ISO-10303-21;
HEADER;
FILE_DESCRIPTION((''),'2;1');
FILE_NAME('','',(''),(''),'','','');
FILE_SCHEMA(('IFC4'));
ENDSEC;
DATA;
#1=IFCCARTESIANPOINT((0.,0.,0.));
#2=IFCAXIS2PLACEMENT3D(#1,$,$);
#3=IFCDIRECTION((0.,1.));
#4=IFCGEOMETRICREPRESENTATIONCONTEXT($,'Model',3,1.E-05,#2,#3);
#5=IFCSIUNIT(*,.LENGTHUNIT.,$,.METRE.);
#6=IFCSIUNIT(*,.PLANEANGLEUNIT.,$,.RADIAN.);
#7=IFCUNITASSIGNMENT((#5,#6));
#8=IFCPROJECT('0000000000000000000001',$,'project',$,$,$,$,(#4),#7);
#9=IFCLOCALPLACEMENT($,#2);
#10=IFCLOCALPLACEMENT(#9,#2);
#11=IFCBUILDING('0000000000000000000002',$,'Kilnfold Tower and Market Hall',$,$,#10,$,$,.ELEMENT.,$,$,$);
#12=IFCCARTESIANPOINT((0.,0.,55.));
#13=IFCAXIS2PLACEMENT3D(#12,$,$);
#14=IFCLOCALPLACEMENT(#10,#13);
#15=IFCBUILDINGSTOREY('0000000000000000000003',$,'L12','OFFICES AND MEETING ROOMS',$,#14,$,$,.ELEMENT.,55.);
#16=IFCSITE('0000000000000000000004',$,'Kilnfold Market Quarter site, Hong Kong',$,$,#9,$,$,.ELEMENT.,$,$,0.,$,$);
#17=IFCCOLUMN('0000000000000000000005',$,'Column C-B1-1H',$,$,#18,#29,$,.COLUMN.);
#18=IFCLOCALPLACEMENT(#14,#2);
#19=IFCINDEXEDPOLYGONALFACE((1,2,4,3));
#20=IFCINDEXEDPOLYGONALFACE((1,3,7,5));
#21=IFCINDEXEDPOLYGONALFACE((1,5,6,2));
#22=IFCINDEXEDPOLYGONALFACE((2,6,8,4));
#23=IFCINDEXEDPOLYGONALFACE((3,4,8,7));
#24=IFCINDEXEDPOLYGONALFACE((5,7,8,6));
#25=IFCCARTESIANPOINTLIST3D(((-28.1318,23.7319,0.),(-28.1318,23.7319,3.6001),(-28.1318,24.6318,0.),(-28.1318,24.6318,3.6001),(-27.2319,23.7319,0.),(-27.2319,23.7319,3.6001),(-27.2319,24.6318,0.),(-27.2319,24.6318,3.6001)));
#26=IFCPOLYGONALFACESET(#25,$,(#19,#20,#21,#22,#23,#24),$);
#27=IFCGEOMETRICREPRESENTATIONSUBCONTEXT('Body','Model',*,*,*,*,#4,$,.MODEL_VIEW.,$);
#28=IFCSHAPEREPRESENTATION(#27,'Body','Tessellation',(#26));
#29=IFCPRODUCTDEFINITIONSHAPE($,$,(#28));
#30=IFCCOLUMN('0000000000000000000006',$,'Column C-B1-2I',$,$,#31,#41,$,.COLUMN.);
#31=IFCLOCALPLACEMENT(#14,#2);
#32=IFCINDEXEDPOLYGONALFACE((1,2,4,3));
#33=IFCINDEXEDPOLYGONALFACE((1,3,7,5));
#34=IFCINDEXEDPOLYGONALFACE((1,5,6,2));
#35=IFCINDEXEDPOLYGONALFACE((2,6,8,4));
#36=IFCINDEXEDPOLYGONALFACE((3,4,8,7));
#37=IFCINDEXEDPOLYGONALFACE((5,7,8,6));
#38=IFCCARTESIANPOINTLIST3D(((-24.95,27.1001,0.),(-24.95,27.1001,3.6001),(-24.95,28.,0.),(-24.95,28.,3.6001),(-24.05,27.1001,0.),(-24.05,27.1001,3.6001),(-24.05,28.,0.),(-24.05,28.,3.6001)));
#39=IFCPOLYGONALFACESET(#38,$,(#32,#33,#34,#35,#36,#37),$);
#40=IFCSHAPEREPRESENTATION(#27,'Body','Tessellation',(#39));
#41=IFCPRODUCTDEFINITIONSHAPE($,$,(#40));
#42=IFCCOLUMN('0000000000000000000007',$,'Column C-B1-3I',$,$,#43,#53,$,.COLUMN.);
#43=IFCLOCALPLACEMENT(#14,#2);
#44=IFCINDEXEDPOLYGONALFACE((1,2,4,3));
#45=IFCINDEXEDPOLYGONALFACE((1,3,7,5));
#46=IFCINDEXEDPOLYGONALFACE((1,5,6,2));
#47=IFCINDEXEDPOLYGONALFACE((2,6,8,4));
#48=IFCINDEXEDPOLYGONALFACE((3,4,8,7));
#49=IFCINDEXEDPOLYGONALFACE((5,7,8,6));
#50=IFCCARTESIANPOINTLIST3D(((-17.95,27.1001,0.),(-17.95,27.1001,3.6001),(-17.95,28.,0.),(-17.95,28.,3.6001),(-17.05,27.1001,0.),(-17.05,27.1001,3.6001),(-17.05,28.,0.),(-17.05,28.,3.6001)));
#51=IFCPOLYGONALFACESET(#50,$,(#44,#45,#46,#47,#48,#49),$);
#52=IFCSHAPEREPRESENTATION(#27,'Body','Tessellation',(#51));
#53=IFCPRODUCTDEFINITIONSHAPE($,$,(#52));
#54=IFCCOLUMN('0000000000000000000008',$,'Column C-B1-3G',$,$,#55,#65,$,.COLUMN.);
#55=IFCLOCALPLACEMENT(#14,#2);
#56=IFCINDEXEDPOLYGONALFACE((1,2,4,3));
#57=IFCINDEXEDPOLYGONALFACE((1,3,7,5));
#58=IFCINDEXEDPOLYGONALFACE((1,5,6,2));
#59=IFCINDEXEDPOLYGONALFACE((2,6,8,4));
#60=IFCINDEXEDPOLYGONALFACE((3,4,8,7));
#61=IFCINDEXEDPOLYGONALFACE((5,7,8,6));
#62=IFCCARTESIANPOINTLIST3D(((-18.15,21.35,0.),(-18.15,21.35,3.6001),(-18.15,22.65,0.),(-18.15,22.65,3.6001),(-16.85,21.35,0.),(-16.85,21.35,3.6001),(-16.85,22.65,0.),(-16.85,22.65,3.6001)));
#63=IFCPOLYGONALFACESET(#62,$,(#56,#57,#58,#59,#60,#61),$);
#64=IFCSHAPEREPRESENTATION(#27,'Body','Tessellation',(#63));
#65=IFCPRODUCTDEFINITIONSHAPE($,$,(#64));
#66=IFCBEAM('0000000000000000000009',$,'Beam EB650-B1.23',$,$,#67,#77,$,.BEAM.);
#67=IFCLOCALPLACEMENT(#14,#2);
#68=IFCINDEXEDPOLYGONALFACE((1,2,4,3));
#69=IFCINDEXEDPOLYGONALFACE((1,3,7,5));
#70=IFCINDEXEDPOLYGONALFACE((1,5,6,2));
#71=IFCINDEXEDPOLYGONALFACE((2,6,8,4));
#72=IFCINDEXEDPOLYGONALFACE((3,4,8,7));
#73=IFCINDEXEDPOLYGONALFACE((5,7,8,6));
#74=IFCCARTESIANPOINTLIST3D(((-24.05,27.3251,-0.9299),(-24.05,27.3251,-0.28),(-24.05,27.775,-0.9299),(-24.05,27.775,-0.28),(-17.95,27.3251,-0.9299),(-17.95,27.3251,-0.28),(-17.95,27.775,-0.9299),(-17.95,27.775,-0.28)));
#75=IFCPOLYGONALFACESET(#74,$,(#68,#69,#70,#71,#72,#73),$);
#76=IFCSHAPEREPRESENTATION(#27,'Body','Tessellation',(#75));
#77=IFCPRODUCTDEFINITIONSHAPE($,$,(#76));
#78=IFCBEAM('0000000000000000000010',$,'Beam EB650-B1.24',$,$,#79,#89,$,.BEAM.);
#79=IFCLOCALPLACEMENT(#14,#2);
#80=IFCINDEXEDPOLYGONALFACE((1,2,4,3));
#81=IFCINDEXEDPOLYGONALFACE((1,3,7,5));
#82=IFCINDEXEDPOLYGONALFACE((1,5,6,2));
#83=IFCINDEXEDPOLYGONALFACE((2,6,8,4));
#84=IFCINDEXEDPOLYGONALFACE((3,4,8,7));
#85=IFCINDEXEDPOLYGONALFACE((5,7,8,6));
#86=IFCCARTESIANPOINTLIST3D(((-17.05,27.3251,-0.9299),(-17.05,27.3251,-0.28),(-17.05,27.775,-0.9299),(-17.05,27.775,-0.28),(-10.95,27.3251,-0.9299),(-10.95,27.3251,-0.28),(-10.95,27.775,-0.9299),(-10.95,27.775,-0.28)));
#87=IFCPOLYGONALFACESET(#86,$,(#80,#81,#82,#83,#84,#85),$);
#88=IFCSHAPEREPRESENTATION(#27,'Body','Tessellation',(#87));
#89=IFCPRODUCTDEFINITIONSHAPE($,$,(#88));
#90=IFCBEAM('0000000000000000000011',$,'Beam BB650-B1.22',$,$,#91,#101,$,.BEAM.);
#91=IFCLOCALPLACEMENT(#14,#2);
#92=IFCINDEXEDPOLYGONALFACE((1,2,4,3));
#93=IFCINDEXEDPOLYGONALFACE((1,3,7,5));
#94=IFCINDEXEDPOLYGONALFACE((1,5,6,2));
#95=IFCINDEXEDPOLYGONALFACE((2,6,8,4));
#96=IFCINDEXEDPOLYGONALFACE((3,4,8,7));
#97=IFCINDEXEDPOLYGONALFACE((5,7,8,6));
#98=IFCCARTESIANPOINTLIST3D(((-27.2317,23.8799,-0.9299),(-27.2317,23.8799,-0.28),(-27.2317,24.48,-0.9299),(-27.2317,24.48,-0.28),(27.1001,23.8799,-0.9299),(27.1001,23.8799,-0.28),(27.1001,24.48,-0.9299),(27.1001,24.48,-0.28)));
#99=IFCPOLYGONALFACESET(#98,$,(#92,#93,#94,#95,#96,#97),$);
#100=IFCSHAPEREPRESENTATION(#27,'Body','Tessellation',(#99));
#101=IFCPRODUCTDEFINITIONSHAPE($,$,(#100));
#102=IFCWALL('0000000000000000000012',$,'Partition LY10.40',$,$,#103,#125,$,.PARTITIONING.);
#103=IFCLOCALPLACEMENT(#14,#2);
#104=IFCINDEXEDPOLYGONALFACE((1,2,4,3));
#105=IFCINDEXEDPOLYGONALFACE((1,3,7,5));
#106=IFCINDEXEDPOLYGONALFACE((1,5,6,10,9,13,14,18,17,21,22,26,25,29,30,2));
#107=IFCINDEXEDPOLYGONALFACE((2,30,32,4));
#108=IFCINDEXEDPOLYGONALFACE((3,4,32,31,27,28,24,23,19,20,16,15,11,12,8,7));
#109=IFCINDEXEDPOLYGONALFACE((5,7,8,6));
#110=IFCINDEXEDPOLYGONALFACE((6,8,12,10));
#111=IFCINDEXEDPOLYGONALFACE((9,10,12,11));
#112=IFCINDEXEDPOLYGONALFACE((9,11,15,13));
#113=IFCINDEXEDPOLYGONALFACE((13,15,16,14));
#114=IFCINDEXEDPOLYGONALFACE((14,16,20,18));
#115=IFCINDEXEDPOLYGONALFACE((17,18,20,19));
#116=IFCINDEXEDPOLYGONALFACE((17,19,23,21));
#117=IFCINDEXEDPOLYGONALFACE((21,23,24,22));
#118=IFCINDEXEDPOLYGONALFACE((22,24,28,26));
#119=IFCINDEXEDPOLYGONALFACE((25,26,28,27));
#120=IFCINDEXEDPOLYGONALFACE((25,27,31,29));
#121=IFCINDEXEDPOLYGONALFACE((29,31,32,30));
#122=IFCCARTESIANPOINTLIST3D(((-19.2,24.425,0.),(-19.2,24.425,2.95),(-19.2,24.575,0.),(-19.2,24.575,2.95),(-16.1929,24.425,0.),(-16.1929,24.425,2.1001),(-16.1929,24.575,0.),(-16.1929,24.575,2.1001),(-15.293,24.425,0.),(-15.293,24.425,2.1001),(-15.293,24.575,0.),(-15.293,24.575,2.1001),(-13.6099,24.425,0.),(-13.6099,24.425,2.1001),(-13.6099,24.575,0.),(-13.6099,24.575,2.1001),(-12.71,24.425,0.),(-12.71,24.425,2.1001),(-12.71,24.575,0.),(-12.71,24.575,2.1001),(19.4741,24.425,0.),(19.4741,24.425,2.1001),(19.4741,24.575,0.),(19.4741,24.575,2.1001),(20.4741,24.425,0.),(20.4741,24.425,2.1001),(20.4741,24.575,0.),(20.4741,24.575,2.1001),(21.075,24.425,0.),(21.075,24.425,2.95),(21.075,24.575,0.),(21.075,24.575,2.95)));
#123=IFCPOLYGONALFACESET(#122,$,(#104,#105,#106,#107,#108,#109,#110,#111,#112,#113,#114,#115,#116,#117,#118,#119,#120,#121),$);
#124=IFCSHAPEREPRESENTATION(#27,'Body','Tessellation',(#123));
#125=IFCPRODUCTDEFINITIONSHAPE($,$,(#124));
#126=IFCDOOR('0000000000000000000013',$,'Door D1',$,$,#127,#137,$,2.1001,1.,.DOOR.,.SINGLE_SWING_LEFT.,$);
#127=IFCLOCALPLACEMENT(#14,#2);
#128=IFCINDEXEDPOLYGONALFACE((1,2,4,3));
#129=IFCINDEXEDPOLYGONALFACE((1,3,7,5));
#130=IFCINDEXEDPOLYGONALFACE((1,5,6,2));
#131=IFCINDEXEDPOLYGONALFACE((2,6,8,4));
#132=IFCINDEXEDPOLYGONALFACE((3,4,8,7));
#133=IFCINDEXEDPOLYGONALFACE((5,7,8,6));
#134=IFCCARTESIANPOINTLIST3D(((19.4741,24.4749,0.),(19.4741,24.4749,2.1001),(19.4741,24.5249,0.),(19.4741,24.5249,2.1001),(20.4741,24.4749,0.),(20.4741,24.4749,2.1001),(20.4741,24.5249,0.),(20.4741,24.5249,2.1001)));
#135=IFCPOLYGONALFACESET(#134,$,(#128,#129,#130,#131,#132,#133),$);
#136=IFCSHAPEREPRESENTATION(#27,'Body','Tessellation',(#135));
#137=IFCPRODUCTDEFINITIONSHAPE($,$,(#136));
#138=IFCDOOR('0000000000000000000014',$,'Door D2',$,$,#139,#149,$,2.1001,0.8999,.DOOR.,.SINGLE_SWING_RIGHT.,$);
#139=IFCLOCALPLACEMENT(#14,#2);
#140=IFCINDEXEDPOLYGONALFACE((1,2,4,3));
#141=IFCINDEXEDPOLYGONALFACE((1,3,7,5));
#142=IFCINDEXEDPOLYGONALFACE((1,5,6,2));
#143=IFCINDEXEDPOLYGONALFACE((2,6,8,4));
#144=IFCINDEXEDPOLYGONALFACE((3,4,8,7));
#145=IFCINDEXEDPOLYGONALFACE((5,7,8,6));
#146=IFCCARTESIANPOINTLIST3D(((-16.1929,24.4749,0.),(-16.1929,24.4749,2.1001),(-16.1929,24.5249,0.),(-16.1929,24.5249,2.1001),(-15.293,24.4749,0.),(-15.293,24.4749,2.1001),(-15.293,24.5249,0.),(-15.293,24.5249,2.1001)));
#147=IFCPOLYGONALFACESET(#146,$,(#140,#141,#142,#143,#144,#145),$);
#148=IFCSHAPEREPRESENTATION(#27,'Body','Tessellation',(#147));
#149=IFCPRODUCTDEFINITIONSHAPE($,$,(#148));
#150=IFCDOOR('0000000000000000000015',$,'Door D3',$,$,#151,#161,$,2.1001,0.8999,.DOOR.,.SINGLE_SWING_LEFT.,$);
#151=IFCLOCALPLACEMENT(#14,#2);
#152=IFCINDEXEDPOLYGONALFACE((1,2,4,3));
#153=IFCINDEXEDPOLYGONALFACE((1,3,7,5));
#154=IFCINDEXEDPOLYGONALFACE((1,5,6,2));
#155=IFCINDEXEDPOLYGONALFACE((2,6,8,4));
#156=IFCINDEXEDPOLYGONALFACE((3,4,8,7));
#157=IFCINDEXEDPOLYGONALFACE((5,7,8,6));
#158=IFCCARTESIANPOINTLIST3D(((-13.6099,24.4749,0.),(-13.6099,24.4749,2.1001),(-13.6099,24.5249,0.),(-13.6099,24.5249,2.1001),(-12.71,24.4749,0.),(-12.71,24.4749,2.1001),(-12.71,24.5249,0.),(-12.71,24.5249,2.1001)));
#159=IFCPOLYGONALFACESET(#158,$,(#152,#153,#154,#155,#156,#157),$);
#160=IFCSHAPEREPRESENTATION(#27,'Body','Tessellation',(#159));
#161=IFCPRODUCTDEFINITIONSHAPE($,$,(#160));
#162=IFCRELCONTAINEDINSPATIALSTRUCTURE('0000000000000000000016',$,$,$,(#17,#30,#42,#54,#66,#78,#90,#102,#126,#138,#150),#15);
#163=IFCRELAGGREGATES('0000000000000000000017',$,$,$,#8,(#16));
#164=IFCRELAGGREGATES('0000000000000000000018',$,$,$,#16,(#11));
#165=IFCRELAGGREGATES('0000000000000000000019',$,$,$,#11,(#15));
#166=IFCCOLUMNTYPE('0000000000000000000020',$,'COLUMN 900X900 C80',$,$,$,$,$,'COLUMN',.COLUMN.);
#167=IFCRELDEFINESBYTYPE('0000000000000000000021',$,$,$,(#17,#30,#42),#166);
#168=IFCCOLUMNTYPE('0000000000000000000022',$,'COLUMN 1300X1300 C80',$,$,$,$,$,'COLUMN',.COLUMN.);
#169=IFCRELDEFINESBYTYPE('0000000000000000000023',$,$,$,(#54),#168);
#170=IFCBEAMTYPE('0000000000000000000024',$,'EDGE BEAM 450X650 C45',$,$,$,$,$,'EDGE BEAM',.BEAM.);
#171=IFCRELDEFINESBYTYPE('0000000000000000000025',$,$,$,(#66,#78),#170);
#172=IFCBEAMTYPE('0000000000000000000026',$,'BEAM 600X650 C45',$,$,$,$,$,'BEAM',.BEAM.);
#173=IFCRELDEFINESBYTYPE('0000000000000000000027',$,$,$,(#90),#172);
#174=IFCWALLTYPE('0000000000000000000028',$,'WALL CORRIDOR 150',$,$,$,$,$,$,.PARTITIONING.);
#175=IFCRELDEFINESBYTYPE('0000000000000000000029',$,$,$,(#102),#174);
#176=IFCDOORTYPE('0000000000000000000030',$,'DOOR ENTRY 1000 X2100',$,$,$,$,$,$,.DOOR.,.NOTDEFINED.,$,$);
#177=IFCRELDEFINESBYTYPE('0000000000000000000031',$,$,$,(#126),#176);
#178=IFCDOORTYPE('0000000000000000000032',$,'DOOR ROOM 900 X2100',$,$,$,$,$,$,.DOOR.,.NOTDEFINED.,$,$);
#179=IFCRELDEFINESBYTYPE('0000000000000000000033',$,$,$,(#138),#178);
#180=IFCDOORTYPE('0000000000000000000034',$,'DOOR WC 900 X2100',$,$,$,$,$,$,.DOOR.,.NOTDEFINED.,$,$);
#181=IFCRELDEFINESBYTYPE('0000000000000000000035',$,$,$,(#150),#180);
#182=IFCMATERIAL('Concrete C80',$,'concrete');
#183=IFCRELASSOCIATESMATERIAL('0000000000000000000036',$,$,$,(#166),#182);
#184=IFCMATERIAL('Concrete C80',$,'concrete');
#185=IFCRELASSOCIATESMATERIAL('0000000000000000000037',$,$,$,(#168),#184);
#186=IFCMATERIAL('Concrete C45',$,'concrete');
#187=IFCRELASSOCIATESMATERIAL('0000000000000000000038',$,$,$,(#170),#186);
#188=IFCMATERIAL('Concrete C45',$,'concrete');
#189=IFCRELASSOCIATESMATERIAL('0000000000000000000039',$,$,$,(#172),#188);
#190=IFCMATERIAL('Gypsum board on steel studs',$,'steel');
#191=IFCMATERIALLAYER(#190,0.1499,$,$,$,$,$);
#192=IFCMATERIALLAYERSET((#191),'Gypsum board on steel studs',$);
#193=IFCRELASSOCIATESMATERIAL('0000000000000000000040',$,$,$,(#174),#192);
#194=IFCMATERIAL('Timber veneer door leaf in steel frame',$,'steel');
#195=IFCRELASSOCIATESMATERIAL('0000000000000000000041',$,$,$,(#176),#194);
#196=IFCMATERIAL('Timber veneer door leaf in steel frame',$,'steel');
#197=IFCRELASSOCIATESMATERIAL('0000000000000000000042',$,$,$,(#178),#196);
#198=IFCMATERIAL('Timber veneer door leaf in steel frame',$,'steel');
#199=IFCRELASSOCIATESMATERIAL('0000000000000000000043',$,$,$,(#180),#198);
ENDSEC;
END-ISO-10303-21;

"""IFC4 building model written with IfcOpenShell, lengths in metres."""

from ifc_helpers import new_model, si_unit, direction, frame, frame_2d, origin, origin_2d, place, context, subcontext, project, spatial, rectangle, extrude, source, transform, mapped, material, layer, layer_set, material_profile, profile_set, type_object, element, fill, save


model = new_model("IFC4")

# Units and contexts
model_context = context("Model", 3, precision=1e-05, world=origin(), true_north=direction((0.0, 1.0)))
body_context = subcontext(model_context, "Body", "Model", "MODEL_VIEW")
ifc_project = project(units=[si_unit("LENGTHUNIT", "METRE"), si_unit("PLANEANGLEUNIT", "RADIAN")], contexts=[model_context])

# Site, building, storey
site_placement = place(None, origin())
site = spatial("IfcSite", under=ifc_project, at=site_placement, Name="Kilnfold Market Quarter site, Hong Kong", CompositionType="ELEMENT", RefElevation=0.0)
building_placement = place(site_placement, origin())
building = spatial("IfcBuilding", under=site, at=building_placement, Name="Kilnfold Tower and Market Hall", CompositionType="ELEMENT")
storey_placement = place(building_placement, frame((0.0, 0.0, 55.0)))
storey = spatial("IfcBuildingStorey", under=building, at=storey_placement, Name="L12", Description="OFFICES AND MEETING ROOMS", CompositionType="ELEMENT", Elevation=55.0)

# Columns
ifc_material_1 = material(Name="Concrete C80", Category="concrete")
ifc_material_profile_1 = material_profile(ifc_material_1, rectangle(XDim=0.8999, YDim=0.8999, at=origin_2d()), Name="RC 900x900")
ifc_profile_set_1 = profile_set([ifc_material_profile_1], Name="Concrete C80")
column_type_1 = type_object("IfcColumnType", Name="COLUMN 900X900 C80", ElementType="COLUMN", PredefinedType="COLUMN", material=ifc_profile_set_1)
shared_shape_1 = source(origin(), body_context, "Body", "SweptSolid", [
    extrude(rectangle(XDim=0.8999, YDim=0.8999, at=origin_2d()), origin(), (0.0, 0.0, 1.0), 3.6001),
])
for number, where, z_axis, x_axis, name in (
    (1, (-27.6819, 24.1819, 0.0), (0.0, 0.0, 1.0), (1.0, 0.0, 0.0), "Column C-B1-1H"),
    (2, (-24.5, 27.55, 0.0), (0.0, 0.0, 1.0), (1.0, 0.0, 0.0), "Column C-B1-2I"),
    (3, (-17.5, 27.55, 0.0), (0.0, 0.0, 1.0), (1.0, 0.0, 0.0), "Column C-B1-3I"),
):
    element("IfcColumn", number, at=place(storey_placement, frame(where, z_axis=z_axis, x_axis=x_axis)), inside=storey, type_object=column_type_1, Name=name, PredefinedType="COLUMN", context=body_context, shape_type="MappedRepresentation", body=[
        mapped(shared_shape_1, transform((0.0, 0.0, 0.0))),
    ])
ifc_material_2 = material(Name="Concrete C80", Category="concrete")
ifc_material_profile_2 = material_profile(ifc_material_2, rectangle(XDim=1.3, YDim=1.3, at=origin_2d()), Name="RC 1300x1300")
ifc_profile_set_2 = profile_set([ifc_material_profile_2], Name="Concrete C80")
column_type_2 = type_object("IfcColumnType", Name="COLUMN 1300X1300 C80", ElementType="COLUMN", PredefinedType="COLUMN", material=ifc_profile_set_2)
shared_shape_2 = source(origin(), body_context, "Body", "SweptSolid", [
    extrude(rectangle(XDim=1.3, YDim=1.3, at=origin_2d()), origin(), (0.0, 0.0, 1.0), 3.6001),
])
column_placement = place(storey_placement, frame((-17.5, 22.0, 0.0), z_axis=(0.0, 0.0, 1.0), x_axis=(1.0, 0.0, 0.0)))
element("IfcColumn", 4, at=column_placement, inside=storey, type_object=column_type_2, Name="Column C-B1-3G", PredefinedType="COLUMN", context=body_context, shape_type="MappedRepresentation", body=[
    mapped(shared_shape_2, transform((0.0, 0.0, 0.0))),
])

# Beams
ifc_material_3 = material(Name="Concrete C45", Category="concrete")
ifc_material_profile_3 = material_profile(ifc_material_3, rectangle(XDim=0.45, YDim=0.6499, at=origin_2d()), Name="RC 450x650")
ifc_profile_set_3 = profile_set([ifc_material_profile_3], Name="Concrete C45")
beam_type_1 = type_object("IfcBeamType", Name="EDGE BEAM 450X650 C45", ElementType="EDGE BEAM", PredefinedType="BEAM", material=ifc_profile_set_3)
shared_shape_3 = source(origin(), body_context, "Body", "SweptSolid", [
    extrude(rectangle(XDim=0.45, YDim=0.6499, at=origin_2d()), origin(), (0.0, 0.0, 1.0), 6.1001),
])
for number, where, z_axis, x_axis, name in (
    (5, (-24.05, 27.55, -0.605), (1.0, 0.0, 0.0), (0.0, 1.0, 0.0), "Beam EB650-B1.23"),
    (6, (-17.05, 27.55, -0.605), (1.0, 0.0, 0.0), (0.0, 1.0, 0.0), "Beam EB650-B1.24"),
):
    element("IfcBeam", number, at=place(storey_placement, frame(where, z_axis=z_axis, x_axis=x_axis)), inside=storey, type_object=beam_type_1, Name=name, PredefinedType="BEAM", context=body_context, shape_type="MappedRepresentation", body=[
        mapped(shared_shape_3, transform((0.0, 0.0, 0.0))),
    ])
ifc_material_4 = material(Name="Concrete C45", Category="concrete")
ifc_material_profile_4 = material_profile(ifc_material_4, rectangle(XDim=0.6001, YDim=0.6499, at=origin_2d()), Name="RC 600x650")
ifc_profile_set_4 = profile_set([ifc_material_profile_4], Name="Concrete C45")
beam_type_2 = type_object("IfcBeamType", Name="BEAM 600X650 C45", ElementType="BEAM", PredefinedType="BEAM", material=ifc_profile_set_4)
shared_shape_4 = source(origin(), body_context, "Body", "SweptSolid", [
    extrude(rectangle(XDim=0.6001, YDim=0.6499, at=origin_2d()), origin(), (0.0, 0.0, 1.0), 54.3318),
])
beam_placement = place(storey_placement, frame((-27.2317, 24.1799, -0.605), z_axis=(1.0, 0.0, 0.0), x_axis=(0.0, 1.0, 0.0)))
element("IfcBeam", 7, at=beam_placement, inside=storey, type_object=beam_type_2, Name="Beam BB650-B1.22", PredefinedType="BEAM", context=body_context, shape_type="MappedRepresentation", body=[
    mapped(shared_shape_4, transform((0.0, 0.0, 0.0))),
])

# Wall, openings, doors
ifc_material_5 = material(Name="Gypsum board on steel studs", Category="steel")
ifc_layer_1 = layer(ifc_material_5, 0.1499)
ifc_layer_set_1 = layer_set([ifc_layer_1], Name="Gypsum board on steel studs")
wall_type_1 = type_object("IfcWallType", Name="WALL CORRIDOR 150", PredefinedType="PARTITIONING", material=ifc_layer_set_1)
wall_1_placement = place(storey_placement, frame((-19.2, 24.5, 0.0), z_axis=(0.0, 0.0, 1.0), x_axis=(1.0, 0.0, 0.0)))
wall_1 = element("IfcWall", 8, at=wall_1_placement, inside=storey, type_object=wall_type_1, Name="Partition LY10.40", PredefinedType="PARTITIONING", context=body_context, shape_type="SweptSolid", body=[
    extrude(rectangle(XDim=40.2749, YDim=0.1499, at=frame_2d((20.1375, 0.0))), origin(), (0.0, 0.0, 1.0), 2.95),
])
opening_1_placement = place(wall_1_placement, frame((3.0071, 0.0, 0.0)))
opening_1 = element("IfcOpeningElement", 9, at=opening_1_placement, cuts=wall_1, PredefinedType="OPENING", context=body_context, shape_type="SweptSolid", body=[
    extrude(rectangle(XDim=0.8999, YDim=2.1001, at=frame_2d((0.45, 1.05))), frame((0.0, 0.085, 0.0), z_axis=(0.0, -1.0, 0.0), x_axis=(1.0, 0.0, 0.0)), (0.0, 0.0, 1.0), 0.1699),
])
opening_2_placement = place(wall_1_placement, frame((5.5901, 0.0, 0.0)))
opening_2 = element("IfcOpeningElement", 10, at=opening_2_placement, cuts=wall_1, PredefinedType="OPENING", context=body_context, shape_type="SweptSolid", body=[
    extrude(rectangle(XDim=0.8999, YDim=2.1001, at=frame_2d((0.45, 1.05))), frame((0.0, 0.085, 0.0), z_axis=(0.0, -1.0, 0.0), x_axis=(1.0, 0.0, 0.0)), (0.0, 0.0, 1.0), 0.1699),
])
opening_3_placement = place(wall_1_placement, frame((38.6741, 0.0, 0.0)))
opening_3 = element("IfcOpeningElement", 11, at=opening_3_placement, cuts=wall_1, PredefinedType="OPENING", context=body_context, shape_type="SweptSolid", body=[
    extrude(rectangle(XDim=1.0, YDim=2.1001, at=frame_2d((0.5, 1.05))), frame((0.0, 0.085, 0.0), z_axis=(0.0, -1.0, 0.0), x_axis=(1.0, 0.0, 0.0)), (0.0, 0.0, 1.0), 0.1699),
])
ifc_material_6 = material(Name="Timber veneer door leaf in steel frame", Category="steel")
door_type_1 = type_object("IfcDoorType", Name="DOOR ENTRY 1000 X2100", OperationType="NOTDEFINED", PredefinedType="DOOR", material=ifc_material_6)
door_1_placement = place(opening_3_placement, origin())
door_1 = element("IfcDoor", 12, at=door_1_placement, inside=storey, type_object=door_type_1, Name="Door D1", OperationType="SINGLE_SWING_LEFT", OverallHeight=2.1001, OverallWidth=1.0, PredefinedType="DOOR", context=body_context, shape_type="SweptSolid", body=[
    extrude(rectangle(XDim=1.0, YDim=2.1001, at=frame_2d((0.5, 1.05))), frame((0.0, 0.0249, 0.0), z_axis=(0.0, -1.0, 0.0), x_axis=(1.0, 0.0, 0.0)), (0.0, 0.0, 1.0), 0.05),
])
fill(opening_3, door_1)
ifc_material_7 = material(Name="Timber veneer door leaf in steel frame", Category="steel")
door_type_2 = type_object("IfcDoorType", Name="DOOR ROOM 900 X2100", OperationType="NOTDEFINED", PredefinedType="DOOR", material=ifc_material_7)
door_2_placement = place(opening_1_placement, origin())
door_2 = element("IfcDoor", 13, at=door_2_placement, inside=storey, type_object=door_type_2, Name="Door D2", OperationType="SINGLE_SWING_RIGHT", OverallHeight=2.1001, OverallWidth=0.8999, PredefinedType="DOOR", context=body_context, shape_type="SweptSolid", body=[
    extrude(rectangle(XDim=0.8999, YDim=2.1001, at=frame_2d((0.45, 1.05))), frame((0.0, 0.0249, 0.0), z_axis=(0.0, -1.0, 0.0), x_axis=(1.0, 0.0, 0.0)), (0.0, 0.0, 1.0), 0.05),
])
fill(opening_1, door_2)
ifc_material_8 = material(Name="Timber veneer door leaf in steel frame", Category="steel")
door_type_3 = type_object("IfcDoorType", Name="DOOR WC 900 X2100", OperationType="NOTDEFINED", PredefinedType="DOOR", material=ifc_material_8)
door_3_placement = place(opening_2_placement, origin())
door_3 = element("IfcDoor", 14, at=door_3_placement, inside=storey, type_object=door_type_3, Name="Door D3", OperationType="SINGLE_SWING_LEFT", OverallHeight=2.1001, OverallWidth=0.8999, PredefinedType="DOOR", context=body_context, shape_type="SweptSolid", body=[
    extrude(rectangle(XDim=0.8999, YDim=2.1001, at=frame_2d((0.45, 1.05))), frame((0.0, 0.0249, 0.0), z_axis=(0.0, -1.0, 0.0), x_axis=(1.0, 0.0, 0.0)), (0.0, 0.0, 1.0), 0.05),
])
fill(opening_2, door_3)

save(model, "model.ifc")
